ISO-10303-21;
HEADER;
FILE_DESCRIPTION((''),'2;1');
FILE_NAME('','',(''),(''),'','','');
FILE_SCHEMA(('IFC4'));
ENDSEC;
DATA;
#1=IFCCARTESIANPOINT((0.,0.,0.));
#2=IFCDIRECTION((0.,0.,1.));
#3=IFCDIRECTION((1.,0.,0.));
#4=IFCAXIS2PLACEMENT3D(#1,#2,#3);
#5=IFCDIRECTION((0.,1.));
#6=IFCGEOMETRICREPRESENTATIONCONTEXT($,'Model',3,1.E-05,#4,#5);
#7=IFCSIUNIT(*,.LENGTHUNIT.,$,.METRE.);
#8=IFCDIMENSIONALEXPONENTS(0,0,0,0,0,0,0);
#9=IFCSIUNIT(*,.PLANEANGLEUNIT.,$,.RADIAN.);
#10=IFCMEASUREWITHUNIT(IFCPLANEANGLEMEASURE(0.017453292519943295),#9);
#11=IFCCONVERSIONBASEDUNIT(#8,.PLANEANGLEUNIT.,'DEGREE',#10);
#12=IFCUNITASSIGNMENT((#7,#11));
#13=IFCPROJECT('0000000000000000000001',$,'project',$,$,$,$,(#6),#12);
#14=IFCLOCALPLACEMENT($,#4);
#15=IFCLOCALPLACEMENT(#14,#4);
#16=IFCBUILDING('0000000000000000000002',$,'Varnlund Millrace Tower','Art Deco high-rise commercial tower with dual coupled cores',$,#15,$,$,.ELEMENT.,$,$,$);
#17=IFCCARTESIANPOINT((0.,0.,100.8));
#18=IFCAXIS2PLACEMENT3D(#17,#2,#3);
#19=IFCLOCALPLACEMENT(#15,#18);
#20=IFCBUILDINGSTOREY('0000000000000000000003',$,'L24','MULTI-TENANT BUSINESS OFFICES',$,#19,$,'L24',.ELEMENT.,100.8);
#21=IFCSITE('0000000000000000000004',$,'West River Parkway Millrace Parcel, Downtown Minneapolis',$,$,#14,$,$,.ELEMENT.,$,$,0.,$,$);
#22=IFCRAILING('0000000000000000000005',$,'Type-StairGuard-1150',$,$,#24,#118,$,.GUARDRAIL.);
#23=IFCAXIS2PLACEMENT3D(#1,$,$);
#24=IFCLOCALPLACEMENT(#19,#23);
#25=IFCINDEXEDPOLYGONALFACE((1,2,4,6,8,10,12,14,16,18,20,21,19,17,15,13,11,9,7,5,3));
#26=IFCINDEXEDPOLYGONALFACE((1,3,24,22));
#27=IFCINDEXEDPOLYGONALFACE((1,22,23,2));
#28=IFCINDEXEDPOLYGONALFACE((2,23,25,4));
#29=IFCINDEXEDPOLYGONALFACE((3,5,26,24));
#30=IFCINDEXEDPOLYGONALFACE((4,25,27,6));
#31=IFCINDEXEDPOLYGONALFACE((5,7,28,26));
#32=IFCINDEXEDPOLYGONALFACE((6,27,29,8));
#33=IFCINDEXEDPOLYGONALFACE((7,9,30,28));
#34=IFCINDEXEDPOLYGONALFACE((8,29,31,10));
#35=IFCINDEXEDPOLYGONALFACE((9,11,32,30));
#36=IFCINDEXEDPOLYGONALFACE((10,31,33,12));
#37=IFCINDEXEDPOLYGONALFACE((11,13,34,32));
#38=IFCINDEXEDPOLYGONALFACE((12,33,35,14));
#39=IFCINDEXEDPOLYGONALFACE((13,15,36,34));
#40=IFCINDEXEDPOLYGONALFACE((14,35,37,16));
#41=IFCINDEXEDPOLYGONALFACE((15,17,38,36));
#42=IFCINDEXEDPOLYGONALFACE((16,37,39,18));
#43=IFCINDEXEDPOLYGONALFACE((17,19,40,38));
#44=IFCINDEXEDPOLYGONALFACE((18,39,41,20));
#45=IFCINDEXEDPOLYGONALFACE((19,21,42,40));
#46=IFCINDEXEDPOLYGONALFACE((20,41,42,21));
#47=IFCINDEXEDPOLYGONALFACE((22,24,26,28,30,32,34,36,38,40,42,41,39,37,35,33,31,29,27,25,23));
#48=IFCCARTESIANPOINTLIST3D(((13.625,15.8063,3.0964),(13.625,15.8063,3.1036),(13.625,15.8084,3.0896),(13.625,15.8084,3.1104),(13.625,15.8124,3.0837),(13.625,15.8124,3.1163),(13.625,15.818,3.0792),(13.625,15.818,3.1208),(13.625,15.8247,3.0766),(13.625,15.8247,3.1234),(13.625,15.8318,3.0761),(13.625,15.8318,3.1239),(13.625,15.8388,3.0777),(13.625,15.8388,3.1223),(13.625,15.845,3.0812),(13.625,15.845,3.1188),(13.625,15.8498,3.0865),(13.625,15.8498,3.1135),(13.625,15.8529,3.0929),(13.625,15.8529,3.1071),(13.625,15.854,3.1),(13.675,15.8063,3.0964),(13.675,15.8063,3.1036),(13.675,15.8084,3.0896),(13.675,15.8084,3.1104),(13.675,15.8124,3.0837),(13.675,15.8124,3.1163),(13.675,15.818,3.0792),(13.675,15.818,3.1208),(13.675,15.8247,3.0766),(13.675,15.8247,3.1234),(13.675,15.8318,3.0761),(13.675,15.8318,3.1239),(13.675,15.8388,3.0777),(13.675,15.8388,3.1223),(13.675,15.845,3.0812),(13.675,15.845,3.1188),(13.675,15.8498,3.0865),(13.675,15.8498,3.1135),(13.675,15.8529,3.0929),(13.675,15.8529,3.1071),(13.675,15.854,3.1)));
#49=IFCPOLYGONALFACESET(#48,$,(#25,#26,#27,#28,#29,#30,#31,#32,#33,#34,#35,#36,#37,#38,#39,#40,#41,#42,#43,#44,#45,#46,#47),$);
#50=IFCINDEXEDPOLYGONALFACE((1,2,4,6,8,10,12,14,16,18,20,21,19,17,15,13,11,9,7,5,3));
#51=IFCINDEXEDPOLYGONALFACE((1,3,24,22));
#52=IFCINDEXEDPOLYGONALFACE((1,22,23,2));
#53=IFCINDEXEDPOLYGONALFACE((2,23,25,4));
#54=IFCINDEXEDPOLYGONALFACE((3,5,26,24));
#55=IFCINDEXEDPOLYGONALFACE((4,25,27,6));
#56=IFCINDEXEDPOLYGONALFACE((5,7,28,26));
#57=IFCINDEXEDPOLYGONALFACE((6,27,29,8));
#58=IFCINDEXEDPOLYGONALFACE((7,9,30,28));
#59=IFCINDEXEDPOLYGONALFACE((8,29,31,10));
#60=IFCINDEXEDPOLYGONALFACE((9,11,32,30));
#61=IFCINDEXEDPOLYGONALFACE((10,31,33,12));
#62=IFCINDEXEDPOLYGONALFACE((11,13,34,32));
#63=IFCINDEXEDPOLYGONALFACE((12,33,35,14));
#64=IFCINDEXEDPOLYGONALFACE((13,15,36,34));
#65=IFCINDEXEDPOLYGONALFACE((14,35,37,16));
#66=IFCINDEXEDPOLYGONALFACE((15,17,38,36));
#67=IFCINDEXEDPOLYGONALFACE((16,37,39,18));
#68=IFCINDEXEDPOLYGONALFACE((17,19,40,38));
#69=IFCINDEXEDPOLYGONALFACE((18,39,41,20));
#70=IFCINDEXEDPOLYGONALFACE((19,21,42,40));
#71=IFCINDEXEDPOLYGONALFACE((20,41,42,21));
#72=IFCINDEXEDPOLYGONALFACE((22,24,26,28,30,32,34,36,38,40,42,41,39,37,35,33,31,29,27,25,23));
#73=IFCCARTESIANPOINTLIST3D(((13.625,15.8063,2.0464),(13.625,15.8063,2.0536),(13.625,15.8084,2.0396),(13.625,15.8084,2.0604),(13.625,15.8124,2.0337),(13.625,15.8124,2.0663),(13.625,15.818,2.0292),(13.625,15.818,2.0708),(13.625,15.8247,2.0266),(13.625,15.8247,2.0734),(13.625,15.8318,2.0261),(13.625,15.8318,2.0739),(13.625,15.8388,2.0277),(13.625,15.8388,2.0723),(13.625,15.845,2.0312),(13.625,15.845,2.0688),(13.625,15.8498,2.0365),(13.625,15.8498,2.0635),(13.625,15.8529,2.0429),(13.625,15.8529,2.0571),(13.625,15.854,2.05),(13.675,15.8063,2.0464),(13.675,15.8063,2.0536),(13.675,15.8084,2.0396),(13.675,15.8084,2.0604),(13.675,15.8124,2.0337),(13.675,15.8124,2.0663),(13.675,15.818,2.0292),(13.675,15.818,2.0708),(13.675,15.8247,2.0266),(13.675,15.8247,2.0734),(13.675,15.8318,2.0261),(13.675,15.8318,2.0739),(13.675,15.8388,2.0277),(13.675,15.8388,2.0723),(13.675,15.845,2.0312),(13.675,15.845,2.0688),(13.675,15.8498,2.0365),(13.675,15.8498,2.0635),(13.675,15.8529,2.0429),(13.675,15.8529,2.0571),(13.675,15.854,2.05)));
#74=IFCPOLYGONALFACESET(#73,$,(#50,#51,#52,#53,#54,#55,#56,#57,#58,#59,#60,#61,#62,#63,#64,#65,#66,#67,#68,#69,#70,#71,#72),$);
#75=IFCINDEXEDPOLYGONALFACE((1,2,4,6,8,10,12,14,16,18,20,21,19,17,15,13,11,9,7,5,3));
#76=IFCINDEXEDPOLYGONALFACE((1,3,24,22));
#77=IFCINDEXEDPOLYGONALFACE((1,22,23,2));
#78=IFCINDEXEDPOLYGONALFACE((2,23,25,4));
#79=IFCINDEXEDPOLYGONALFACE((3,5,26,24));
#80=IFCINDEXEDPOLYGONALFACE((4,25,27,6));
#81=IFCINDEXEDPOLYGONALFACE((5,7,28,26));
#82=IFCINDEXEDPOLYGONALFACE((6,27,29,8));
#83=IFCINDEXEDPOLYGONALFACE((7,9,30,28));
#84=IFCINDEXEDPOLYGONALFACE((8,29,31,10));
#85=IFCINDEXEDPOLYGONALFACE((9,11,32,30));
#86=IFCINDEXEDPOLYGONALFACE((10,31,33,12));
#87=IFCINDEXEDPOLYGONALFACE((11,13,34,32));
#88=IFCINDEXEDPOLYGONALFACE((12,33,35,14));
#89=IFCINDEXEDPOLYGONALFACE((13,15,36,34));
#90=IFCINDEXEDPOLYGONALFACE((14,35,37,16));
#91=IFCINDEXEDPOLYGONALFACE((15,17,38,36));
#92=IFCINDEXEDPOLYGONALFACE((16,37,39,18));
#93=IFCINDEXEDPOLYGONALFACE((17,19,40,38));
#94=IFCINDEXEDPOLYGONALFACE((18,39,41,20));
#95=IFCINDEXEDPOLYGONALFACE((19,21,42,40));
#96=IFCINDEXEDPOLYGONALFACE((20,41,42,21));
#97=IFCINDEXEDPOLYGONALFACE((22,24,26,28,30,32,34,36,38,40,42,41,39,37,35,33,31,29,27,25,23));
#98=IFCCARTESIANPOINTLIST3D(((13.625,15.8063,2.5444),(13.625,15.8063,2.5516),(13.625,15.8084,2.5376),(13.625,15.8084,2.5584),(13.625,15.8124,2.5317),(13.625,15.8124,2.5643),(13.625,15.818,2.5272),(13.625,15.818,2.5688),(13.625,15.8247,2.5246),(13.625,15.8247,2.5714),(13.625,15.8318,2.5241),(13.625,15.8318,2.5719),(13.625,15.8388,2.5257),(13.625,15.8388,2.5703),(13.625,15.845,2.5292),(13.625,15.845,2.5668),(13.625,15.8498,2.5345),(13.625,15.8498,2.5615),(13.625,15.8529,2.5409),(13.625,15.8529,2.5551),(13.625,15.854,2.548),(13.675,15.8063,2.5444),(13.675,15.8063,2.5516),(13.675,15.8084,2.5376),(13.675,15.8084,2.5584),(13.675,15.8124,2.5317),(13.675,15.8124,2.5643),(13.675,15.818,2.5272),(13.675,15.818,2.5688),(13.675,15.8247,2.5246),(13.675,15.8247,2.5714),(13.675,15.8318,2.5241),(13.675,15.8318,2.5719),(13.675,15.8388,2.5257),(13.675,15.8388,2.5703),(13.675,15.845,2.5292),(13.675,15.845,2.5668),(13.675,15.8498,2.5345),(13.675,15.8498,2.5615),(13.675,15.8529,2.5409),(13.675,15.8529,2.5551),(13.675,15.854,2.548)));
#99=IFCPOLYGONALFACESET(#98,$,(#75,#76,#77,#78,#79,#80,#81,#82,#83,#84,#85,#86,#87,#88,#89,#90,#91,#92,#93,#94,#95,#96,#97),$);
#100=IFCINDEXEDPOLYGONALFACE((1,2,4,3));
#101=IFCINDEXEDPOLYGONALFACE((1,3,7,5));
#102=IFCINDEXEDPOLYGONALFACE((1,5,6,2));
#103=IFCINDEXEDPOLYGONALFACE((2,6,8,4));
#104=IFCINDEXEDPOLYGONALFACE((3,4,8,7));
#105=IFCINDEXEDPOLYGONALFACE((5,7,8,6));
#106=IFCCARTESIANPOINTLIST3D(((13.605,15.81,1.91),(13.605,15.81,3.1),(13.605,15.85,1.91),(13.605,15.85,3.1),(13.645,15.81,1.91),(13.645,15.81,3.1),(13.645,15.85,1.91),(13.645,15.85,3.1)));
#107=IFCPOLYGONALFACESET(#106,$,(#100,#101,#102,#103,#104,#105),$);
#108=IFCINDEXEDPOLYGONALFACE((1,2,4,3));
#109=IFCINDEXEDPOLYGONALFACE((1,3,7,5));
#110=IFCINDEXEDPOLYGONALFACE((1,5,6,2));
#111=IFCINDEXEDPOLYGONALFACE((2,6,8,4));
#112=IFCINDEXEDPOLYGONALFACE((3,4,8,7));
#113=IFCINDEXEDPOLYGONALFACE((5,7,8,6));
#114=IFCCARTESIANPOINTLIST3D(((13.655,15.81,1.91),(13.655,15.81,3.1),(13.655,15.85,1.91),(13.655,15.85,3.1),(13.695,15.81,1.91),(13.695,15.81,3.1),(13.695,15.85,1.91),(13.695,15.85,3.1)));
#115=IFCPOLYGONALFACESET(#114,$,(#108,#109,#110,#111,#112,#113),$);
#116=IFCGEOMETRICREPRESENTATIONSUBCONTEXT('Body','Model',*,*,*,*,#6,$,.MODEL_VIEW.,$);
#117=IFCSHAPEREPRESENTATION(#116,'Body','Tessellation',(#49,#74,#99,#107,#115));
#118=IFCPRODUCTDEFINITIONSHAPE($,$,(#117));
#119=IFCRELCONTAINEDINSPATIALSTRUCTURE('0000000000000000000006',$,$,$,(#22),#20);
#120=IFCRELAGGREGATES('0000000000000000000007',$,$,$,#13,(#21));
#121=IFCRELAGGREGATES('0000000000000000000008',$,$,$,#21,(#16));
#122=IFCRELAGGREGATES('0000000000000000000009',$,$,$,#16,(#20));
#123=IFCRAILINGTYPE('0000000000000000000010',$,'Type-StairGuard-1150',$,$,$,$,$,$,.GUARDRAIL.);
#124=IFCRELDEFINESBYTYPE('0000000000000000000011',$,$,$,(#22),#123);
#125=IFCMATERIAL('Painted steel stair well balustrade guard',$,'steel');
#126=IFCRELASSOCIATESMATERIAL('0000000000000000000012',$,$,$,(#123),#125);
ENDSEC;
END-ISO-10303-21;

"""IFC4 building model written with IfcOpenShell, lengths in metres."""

from ifc_helpers import new_model, entity, si_unit, converted_unit, direction, frame, origin_with_axes, origin_2d_with_axis, place, context, subcontext, project, spatial, rectangle, circle, extrude, material, type_object, element, save


model = new_model("IFC4")

# Units and contexts
model_context = context("Model", 3, precision=1e-05, world=origin_with_axes(), true_north=direction((0.0, 1.0)))
body_context = subcontext(model_context, "Body", "Model", "MODEL_VIEW")
ifc_project = project(units=[si_unit("LENGTHUNIT", "METRE"), converted_unit("PLANEANGLEUNIT", "DEGREE", entity("IfcPlaneAngleMeasure", 0.017453292519943295), si_unit("PLANEANGLEUNIT", "RADIAN"), dimensions=[0, 0, 0, 0, 0, 0, 0])], contexts=[model_context])

# Site, building, storey
site_placement = place(None, origin_with_axes())
site = spatial("IfcSite", under=ifc_project, at=site_placement, Name="West River Parkway Millrace Parcel, Downtown Minneapolis", CompositionType="ELEMENT", RefElevation=0.0)
building_placement = place(site_placement, origin_with_axes())
building = spatial("IfcBuilding", under=site, at=building_placement, Name="Varnlund Millrace Tower", Description="Art Deco high-rise commercial tower with dual coupled cores", CompositionType="ELEMENT")
storey_placement = place(building_placement, frame((0.0, 0.0, 100.8), z_axis=(0.0, 0.0, 1.0), x_axis=(1.0, 0.0, 0.0)))
storey = spatial("IfcBuildingStorey", under=building, at=storey_placement, Name="L24", Description="MULTI-TENANT BUSINESS OFFICES", LongName="L24", CompositionType="ELEMENT", Elevation=100.8)

# Railing
ifc_material_1 = material(Name="Painted steel stair well balustrade guard", Category="steel")
railing_type_1 = type_object("IfcRailingType", Name="Type-StairGuard-1150", PredefinedType="GUARDRAIL", material=ifc_material_1)
railing_1_placement = place(storey_placement, frame((0.0, 0.0, -100.8), z_axis=(0.0, 0.0, 1.0), x_axis=(1.0, 0.0, 0.0)))
element("IfcRailing", 1, at=railing_1_placement, inside=storey, type_object=railing_type_1, Name="Type-StairGuard-1150", PredefinedType="GUARDRAIL", context=body_context, shape_type="SweptSolid", body=[
    extrude(circle(Radius=0.024, at=origin_2d_with_axis()), frame((13.625, 15.83, 103.9), z_axis=(1.0, 0.0, 0.0), x_axis=(0.0, 1.0, 0.0)), (0.0, 0.0, 1.0), 0.05),
    extrude(circle(Radius=0.024, at=origin_2d_with_axis()), frame((13.625, 15.83, 102.85), z_axis=(1.0, 0.0, 0.0), x_axis=(0.0, 1.0, 0.0)), (0.0, 0.0, 1.0), 0.05),
    extrude(circle(Radius=0.024, at=origin_2d_with_axis()), frame((13.625, 15.83, 103.348), z_axis=(1.0, 0.0, 0.0), x_axis=(0.0, 1.0, 0.0)), (0.0, 0.0, 1.0), 0.05),
    extrude(rectangle(XDim=0.04, YDim=0.04, at=origin_2d_with_axis()), frame((13.625, 15.83, 102.71), z_axis=(0.0, 0.0, 1.0), x_axis=(1.0, 0.0, 0.0)), (0.0, 0.0, 1.0), 1.19),
    extrude(rectangle(XDim=0.04, YDim=0.04, at=origin_2d_with_axis()), frame((13.675, 15.83, 102.71), z_axis=(0.0, 0.0, 1.0), x_axis=(1.0, 0.0, 0.0)), (0.0, 0.0, 1.0), 1.19),
])

save(model, "model.ifc")
